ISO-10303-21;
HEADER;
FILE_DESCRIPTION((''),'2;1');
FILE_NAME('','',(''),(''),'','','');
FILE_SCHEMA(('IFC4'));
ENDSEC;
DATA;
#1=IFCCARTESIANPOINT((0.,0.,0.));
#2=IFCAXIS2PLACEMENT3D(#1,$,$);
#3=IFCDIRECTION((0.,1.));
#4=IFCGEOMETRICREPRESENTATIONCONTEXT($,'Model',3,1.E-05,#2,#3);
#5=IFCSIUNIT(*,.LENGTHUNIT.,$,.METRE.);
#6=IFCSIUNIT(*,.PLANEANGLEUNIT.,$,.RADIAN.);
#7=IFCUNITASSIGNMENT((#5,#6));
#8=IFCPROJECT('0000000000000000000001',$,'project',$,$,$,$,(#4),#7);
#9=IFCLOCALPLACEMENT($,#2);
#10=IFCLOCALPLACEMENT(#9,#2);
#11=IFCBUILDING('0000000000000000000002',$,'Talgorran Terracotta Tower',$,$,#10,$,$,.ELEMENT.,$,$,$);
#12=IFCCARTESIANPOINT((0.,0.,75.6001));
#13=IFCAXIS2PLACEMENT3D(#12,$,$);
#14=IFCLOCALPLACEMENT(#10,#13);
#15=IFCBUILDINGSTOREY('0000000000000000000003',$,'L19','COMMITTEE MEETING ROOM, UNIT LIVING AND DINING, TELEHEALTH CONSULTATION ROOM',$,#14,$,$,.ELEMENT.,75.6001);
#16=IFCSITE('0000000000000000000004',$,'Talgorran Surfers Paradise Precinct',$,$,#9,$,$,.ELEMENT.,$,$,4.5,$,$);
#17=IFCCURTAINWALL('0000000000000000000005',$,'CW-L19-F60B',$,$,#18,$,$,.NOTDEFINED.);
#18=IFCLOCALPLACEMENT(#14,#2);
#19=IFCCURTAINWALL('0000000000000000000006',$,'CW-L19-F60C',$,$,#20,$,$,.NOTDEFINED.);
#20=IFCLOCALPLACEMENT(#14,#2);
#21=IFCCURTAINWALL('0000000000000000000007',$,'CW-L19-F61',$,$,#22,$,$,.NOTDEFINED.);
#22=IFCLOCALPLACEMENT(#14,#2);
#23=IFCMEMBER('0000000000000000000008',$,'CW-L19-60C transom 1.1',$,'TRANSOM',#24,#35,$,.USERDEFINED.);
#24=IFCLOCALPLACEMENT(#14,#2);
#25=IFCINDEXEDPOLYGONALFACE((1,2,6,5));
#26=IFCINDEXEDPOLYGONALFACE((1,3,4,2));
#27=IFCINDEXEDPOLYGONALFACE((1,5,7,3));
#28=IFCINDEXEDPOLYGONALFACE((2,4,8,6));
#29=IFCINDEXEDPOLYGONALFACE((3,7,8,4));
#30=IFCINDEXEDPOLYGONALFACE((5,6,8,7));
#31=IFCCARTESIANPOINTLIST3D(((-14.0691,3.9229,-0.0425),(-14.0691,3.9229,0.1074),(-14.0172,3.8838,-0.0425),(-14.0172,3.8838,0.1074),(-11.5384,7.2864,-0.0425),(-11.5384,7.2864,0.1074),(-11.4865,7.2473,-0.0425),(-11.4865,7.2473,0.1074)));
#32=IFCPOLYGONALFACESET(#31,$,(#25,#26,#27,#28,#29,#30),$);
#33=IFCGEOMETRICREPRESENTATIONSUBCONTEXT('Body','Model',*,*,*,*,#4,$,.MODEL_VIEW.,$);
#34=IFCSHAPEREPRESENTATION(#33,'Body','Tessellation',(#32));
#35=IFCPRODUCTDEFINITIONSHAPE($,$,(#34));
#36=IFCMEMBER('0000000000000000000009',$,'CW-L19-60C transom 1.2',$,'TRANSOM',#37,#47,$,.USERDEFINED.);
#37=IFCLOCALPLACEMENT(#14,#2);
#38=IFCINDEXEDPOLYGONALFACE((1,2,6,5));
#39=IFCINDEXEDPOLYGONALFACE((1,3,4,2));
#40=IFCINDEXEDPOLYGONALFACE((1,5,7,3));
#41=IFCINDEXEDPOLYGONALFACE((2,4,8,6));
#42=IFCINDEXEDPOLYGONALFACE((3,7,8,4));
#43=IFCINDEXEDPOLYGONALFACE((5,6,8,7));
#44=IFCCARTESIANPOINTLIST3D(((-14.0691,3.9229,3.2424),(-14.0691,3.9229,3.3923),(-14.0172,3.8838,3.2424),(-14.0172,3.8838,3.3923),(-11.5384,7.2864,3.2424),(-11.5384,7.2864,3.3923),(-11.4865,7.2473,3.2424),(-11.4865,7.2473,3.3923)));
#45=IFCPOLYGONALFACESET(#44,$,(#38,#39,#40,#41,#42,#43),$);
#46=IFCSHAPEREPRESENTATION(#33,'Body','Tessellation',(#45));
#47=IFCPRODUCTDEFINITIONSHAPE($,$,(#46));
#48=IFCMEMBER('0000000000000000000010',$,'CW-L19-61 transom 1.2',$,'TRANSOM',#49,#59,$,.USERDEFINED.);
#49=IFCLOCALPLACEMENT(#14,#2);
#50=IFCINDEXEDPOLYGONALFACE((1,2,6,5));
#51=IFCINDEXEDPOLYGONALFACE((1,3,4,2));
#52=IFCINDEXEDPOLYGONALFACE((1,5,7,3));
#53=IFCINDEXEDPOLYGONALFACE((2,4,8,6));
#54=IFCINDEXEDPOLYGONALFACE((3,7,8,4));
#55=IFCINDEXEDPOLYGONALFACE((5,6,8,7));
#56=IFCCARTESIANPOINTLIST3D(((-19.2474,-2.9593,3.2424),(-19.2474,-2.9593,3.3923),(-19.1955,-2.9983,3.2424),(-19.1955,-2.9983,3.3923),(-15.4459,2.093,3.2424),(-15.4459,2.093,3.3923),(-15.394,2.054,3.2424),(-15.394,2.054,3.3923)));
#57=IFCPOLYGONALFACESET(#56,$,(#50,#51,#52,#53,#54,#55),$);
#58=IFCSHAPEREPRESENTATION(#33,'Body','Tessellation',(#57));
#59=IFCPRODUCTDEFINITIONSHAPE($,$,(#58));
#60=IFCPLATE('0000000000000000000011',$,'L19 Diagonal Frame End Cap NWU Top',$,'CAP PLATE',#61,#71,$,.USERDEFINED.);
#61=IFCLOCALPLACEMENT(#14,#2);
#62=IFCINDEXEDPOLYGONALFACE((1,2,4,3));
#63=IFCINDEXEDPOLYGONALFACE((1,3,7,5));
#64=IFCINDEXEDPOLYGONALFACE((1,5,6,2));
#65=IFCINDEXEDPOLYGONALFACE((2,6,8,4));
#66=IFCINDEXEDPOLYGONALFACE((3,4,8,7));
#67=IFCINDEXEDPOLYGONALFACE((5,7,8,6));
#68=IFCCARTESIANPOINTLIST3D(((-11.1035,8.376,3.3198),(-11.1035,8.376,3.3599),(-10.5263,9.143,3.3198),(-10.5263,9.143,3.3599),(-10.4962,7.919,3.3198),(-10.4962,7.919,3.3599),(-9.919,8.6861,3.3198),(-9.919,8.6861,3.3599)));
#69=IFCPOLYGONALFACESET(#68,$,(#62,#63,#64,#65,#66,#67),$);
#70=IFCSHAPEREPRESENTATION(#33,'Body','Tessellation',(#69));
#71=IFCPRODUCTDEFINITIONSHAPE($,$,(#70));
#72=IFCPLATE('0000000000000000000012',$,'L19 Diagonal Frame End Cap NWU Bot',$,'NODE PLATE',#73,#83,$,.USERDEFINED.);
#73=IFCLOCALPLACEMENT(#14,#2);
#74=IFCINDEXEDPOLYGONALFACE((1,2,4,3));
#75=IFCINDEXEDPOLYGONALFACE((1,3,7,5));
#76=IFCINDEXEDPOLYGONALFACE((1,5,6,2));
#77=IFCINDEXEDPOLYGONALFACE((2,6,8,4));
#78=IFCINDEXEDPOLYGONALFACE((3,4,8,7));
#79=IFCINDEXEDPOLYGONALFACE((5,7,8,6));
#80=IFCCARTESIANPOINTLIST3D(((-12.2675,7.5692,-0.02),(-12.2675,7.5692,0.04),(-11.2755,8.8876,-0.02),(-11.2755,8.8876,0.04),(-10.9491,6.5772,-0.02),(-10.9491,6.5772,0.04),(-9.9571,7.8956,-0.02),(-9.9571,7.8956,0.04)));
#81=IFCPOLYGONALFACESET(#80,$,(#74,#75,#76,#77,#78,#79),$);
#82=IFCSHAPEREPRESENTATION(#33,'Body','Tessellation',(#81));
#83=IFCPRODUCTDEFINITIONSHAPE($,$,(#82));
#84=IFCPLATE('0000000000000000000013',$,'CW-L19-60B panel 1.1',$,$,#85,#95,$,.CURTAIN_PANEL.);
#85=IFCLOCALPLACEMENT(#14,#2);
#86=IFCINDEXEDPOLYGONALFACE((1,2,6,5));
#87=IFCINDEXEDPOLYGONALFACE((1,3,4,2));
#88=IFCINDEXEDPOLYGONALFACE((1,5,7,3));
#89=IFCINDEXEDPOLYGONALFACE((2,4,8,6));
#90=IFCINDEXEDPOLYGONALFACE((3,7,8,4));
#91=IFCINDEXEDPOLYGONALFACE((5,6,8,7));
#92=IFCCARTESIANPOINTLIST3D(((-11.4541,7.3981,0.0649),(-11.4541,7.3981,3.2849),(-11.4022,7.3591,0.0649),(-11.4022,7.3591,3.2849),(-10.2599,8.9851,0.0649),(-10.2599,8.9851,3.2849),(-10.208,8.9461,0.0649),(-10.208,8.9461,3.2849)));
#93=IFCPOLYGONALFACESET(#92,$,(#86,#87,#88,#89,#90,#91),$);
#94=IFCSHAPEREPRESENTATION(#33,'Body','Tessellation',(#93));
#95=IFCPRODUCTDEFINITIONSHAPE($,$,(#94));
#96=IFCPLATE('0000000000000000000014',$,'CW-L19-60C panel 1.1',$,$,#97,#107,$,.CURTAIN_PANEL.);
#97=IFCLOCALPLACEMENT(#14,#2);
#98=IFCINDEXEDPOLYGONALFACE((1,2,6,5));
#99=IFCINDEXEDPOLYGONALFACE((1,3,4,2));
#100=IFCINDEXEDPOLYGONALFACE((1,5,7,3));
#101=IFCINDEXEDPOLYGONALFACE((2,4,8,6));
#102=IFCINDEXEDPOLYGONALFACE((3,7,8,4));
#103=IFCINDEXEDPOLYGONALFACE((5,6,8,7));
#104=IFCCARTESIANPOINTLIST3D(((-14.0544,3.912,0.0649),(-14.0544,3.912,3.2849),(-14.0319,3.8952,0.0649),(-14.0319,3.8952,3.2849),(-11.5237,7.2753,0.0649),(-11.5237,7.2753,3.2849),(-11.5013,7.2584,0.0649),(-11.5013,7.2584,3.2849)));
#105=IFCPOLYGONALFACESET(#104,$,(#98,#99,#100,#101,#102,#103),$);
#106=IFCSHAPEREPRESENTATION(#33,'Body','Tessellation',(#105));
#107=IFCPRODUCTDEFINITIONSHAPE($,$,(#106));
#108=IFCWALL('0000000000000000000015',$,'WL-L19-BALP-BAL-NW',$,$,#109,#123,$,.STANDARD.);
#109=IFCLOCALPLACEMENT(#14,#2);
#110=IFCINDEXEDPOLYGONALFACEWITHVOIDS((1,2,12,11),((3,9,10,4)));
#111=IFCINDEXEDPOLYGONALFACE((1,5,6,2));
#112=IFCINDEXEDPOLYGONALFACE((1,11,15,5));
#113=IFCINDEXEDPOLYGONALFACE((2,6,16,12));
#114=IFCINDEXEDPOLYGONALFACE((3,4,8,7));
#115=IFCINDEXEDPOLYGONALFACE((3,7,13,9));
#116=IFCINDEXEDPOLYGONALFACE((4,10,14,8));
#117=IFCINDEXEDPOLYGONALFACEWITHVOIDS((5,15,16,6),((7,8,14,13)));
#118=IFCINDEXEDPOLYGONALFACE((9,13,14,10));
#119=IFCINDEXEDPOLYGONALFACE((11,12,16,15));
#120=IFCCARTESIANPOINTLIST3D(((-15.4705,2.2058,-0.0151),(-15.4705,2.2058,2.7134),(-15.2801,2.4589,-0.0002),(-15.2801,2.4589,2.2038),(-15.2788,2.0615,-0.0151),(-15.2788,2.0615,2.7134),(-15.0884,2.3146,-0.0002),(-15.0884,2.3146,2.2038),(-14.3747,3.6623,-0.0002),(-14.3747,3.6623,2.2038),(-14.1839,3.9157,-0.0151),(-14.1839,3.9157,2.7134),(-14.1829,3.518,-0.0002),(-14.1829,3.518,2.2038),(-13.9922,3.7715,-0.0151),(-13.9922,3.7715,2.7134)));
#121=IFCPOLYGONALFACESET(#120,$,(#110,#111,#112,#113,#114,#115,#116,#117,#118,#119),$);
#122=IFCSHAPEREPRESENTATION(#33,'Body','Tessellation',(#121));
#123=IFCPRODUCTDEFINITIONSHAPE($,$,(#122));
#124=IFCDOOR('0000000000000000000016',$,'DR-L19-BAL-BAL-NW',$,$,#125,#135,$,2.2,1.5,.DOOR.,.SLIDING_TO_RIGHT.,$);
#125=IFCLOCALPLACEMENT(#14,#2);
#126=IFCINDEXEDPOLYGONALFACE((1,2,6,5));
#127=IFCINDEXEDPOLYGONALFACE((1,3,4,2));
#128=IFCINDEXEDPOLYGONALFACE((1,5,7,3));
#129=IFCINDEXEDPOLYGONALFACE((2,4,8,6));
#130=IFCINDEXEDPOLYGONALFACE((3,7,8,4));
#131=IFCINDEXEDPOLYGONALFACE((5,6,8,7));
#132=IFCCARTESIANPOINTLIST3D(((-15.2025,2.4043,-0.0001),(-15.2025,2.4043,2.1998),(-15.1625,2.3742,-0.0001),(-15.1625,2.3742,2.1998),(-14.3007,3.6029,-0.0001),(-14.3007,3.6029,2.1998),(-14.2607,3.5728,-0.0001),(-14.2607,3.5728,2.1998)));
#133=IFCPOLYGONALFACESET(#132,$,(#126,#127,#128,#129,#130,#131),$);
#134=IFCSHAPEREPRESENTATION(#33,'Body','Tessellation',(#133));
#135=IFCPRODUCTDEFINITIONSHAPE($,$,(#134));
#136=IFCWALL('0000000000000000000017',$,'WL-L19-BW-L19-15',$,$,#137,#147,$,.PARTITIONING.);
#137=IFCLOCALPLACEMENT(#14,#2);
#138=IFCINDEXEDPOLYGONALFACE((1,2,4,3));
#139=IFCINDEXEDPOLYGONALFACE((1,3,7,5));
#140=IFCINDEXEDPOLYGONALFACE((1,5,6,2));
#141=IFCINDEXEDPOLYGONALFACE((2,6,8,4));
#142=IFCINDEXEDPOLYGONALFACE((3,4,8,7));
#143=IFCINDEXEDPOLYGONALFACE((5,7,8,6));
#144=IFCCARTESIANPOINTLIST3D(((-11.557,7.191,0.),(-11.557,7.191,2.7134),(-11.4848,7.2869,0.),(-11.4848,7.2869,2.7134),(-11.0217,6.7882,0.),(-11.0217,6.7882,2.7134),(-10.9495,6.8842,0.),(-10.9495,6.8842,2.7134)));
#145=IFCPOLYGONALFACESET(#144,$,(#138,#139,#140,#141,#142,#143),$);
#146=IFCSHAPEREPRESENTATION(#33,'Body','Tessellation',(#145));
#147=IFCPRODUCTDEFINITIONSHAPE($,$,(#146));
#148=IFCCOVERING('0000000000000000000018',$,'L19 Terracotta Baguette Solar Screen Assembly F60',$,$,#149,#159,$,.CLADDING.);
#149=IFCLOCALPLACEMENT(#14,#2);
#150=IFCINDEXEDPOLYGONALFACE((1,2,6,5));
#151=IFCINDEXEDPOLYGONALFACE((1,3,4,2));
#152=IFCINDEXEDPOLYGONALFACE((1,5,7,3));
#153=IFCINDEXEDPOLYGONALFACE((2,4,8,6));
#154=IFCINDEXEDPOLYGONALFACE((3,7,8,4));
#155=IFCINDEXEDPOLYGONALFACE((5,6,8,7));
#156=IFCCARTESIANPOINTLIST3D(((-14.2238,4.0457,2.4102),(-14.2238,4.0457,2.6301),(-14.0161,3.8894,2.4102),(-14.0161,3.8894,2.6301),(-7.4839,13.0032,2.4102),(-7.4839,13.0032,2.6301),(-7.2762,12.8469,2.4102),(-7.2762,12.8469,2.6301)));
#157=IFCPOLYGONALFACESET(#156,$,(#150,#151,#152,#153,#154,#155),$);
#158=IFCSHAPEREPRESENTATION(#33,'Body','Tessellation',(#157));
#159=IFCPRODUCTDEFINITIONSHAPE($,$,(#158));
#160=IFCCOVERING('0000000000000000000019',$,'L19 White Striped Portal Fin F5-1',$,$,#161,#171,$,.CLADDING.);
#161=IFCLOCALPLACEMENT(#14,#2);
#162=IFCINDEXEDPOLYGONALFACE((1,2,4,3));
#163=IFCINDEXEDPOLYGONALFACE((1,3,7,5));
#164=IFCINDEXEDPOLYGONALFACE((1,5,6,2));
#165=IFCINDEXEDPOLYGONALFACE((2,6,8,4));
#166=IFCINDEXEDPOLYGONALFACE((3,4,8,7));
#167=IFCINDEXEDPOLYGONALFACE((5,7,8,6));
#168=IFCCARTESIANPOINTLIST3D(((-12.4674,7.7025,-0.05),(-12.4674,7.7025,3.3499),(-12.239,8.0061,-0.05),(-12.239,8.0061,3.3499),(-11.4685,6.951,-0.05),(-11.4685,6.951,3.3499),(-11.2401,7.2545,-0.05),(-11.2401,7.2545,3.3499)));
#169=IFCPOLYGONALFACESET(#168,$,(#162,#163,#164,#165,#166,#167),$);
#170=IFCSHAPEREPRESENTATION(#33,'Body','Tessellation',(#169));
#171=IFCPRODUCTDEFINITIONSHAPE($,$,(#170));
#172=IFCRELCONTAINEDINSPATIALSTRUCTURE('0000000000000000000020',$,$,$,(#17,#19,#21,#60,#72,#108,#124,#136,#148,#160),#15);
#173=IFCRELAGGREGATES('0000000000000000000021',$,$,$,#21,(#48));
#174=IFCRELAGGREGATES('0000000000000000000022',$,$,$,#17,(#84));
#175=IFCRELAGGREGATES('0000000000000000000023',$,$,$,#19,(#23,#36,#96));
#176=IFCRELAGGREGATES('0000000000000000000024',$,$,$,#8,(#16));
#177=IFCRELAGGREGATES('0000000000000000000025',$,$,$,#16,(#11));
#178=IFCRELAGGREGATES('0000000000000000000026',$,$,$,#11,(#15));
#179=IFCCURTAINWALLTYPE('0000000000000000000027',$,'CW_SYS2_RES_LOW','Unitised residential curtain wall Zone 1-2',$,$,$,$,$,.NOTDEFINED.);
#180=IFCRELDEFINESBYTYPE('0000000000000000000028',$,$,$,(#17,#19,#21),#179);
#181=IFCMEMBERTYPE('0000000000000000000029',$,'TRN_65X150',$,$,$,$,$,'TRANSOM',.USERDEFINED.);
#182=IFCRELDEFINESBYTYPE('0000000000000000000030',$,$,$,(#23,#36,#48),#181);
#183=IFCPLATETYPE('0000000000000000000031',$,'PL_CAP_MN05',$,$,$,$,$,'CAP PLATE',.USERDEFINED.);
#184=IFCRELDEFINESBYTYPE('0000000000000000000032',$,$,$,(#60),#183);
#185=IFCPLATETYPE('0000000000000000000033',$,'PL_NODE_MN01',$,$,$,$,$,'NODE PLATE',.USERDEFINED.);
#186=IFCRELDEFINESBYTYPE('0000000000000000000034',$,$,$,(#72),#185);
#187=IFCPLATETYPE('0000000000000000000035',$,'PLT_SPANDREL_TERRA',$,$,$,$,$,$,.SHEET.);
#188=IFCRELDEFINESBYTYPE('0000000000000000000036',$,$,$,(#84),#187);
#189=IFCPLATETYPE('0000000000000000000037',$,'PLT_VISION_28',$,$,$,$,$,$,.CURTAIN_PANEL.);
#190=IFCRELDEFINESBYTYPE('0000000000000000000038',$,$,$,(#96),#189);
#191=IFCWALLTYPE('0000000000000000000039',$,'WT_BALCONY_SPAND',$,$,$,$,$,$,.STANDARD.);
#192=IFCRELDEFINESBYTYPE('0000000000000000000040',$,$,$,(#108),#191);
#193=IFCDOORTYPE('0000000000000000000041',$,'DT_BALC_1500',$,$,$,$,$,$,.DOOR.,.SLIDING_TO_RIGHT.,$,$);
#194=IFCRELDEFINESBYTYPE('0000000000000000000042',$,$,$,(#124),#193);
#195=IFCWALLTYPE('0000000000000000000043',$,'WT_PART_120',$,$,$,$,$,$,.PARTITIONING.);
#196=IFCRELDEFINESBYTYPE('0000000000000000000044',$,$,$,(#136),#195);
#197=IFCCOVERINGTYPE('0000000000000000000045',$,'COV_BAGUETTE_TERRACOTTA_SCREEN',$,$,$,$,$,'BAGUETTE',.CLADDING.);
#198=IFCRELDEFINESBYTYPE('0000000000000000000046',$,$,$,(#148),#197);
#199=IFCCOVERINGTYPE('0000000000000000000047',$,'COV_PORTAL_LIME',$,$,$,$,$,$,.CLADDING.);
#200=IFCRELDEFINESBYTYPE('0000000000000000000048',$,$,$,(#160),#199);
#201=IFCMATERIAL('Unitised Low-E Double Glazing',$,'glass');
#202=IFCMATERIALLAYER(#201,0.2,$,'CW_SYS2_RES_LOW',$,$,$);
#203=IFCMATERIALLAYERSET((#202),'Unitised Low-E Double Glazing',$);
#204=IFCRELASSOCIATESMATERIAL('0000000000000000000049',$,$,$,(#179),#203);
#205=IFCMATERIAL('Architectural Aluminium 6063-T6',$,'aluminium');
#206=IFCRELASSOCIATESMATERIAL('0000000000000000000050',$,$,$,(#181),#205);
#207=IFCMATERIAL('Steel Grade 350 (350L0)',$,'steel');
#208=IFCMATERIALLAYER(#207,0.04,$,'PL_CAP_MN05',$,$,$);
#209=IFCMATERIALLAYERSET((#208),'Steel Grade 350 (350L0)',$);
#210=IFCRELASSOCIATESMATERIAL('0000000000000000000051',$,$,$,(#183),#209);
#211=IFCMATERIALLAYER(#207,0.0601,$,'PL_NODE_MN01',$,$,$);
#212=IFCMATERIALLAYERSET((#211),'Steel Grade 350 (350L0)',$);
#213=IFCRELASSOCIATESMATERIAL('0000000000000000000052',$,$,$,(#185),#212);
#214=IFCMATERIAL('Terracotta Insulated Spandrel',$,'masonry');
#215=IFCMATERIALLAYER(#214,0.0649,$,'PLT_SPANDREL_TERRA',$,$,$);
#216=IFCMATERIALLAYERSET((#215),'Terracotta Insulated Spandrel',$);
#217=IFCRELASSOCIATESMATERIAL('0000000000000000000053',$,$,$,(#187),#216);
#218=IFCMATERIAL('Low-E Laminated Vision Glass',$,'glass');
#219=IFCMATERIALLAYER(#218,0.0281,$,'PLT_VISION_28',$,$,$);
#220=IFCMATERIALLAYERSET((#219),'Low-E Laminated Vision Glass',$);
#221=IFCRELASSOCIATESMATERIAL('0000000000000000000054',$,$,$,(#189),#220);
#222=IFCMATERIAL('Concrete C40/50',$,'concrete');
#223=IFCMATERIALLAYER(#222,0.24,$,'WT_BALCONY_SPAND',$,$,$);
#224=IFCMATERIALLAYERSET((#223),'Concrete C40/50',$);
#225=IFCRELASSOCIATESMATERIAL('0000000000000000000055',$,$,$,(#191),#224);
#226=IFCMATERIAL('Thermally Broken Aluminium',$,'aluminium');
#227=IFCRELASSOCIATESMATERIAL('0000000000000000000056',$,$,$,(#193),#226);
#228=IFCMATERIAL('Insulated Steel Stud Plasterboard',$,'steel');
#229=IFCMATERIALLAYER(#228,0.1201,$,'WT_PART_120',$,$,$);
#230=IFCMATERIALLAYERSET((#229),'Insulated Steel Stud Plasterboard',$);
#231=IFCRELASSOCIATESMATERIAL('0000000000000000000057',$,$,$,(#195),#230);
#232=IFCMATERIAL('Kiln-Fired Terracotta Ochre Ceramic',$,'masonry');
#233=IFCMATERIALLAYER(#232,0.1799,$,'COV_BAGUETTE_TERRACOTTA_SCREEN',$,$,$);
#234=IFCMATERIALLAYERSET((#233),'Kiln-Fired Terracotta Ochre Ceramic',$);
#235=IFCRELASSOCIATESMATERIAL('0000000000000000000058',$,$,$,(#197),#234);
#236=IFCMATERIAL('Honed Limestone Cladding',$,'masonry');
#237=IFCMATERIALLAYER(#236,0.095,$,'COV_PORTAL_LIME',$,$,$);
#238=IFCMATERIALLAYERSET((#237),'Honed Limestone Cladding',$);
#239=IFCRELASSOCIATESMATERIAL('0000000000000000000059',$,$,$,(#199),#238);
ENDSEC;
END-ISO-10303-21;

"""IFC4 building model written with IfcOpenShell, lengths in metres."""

from ifc_helpers import new_model, si_unit, direction, frame, frame_2d, origin, origin_2d, place, context, subcontext, project, spatial, rectangle, extrude, source, transform, mapped, material, layer, layer_set, material_profile, profile_set, type_object, type_shapes, element, fill, aggregate, save


model = new_model("IFC4")

# Units and contexts
model_context = context("Model", 3, precision=1e-05, world=origin(), true_north=direction((0.0, 1.0)))
body_context = subcontext(model_context, "Body", "Model", "MODEL_VIEW")
ifc_project = project(units=[si_unit("LENGTHUNIT", "METRE"), si_unit("PLANEANGLEUNIT", "RADIAN")], contexts=[model_context])

# Site, building, storey
site_placement = place(None, origin())
site = spatial("IfcSite", under=ifc_project, at=site_placement, Name="Talgorran Surfers Paradise Precinct", CompositionType="ELEMENT", RefElevation=4.5)
building_placement = place(site_placement, origin())
building = spatial("IfcBuilding", under=site, at=building_placement, Name="Talgorran Terracotta Tower", CompositionType="ELEMENT")
storey_placement = place(building_placement, frame((0.0, 0.0, 75.6001)))
storey = spatial("IfcBuildingStorey", under=building, at=storey_placement, Name="L19", Description="COMMITTEE MEETING ROOM, UNIT LIVING AND DINING, TELEHEALTH CONSULTATION ROOM", CompositionType="ELEMENT", Elevation=75.6001)

# Shared definitions
ifc_material_1 = material(Name="Steel Grade 350 (350L0)", Category="steel")

# Curtain wall
ifc_material_2 = material(Name="Unitised Low-E Double Glazing", Category="glass")
ifc_layer_1 = layer(ifc_material_2, 0.2, Name="CW_SYS2_RES_LOW")
ifc_layer_set_1 = layer_set([ifc_layer_1], Name="Unitised Low-E Double Glazing")
curtain_wall_type = type_object("IfcCurtainWallType", Name="CW_SYS2_RES_LOW", Description="Unitised residential curtain wall Zone 1-2", PredefinedType="NOTDEFINED", material=ifc_layer_set_1)
curtain_wall_1_placement = place(storey_placement, origin())
curtain_wall_1 = element("IfcCurtainWall", 1, at=curtain_wall_1_placement, inside=storey, type_object=curtain_wall_type, Name="CW-L19-F60B", PredefinedType="NOTDEFINED")
ifc_material_3 = material(Name="Architectural Aluminium 6063-T6", Category="aluminium")

# Curtain wall
curtain_wall_2_placement = place(storey_placement, origin())
curtain_wall_2 = element("IfcCurtainWall", 2, at=curtain_wall_2_placement, inside=storey, type_object=curtain_wall_type, Name="CW-L19-F60C", PredefinedType="NOTDEFINED")

# Curtain wall
curtain_wall_3_placement = place(storey_placement, origin())
curtain_wall_3 = element("IfcCurtainWall", 3, at=curtain_wall_3_placement, inside=storey, type_object=curtain_wall_type, Name="CW-L19-F61", PredefinedType="NOTDEFINED")

# Members
ifc_material_profile_1 = material_profile(ifc_material_3, rectangle(XDim=0.0649, YDim=0.1499, at=origin_2d()), Name="CWT65X150")
ifc_profile_set_1 = profile_set([ifc_material_profile_1], Name="Architectural Aluminium 6063-T6")
member_type_1 = type_object("IfcMemberType", Name="TRN_65X150", ElementType="TRANSOM", PredefinedType="USERDEFINED", material=ifc_profile_set_1)
member_1_placement = place(storey_placement, frame((-11.5125, 7.2668, 0.0325), z_axis=(-0.601234, -0.799073, 0.0), x_axis=(0.799073, -0.601234, 0.0)))
member_1 = element("IfcMember", 4, at=member_1_placement, type_object=member_type_1, Name="CW-L19-60C transom 1.1", ObjectType="TRANSOM", PredefinedType="USERDEFINED", context=body_context, shape_type="SweptSolid", body=[
    extrude(rectangle(XDim=0.0649, YDim=0.1499, at=origin_2d()), origin(), (0.0, 0.0, 1.0), 4.2092),
])
member_2_placement = place(storey_placement, frame((-11.5125, 7.2668, 3.3174), z_axis=(-0.601234, -0.799073, 0.0), x_axis=(0.799073, -0.601234, 0.0)))
member_2 = element("IfcMember", 5, at=member_2_placement, type_object=member_type_1, Name="CW-L19-60C transom 1.2", ObjectType="TRANSOM", PredefinedType="USERDEFINED", context=body_context, shape_type="SweptSolid", body=[
    extrude(rectangle(XDim=0.0649, YDim=0.1499, at=origin_2d()), origin(), (0.0, 0.0, 1.0), 4.2092),
])
member_3_placement = place(storey_placement, frame((-15.4199, 2.0735, 3.3174), z_axis=(-0.601247, -0.799063, 0.0), x_axis=(0.799063, -0.601247, 0.0)))
member_3 = element("IfcMember", 6, at=member_3_placement, type_object=member_type_1, Name="CW-L19-61 transom 1.2", ObjectType="TRANSOM", PredefinedType="USERDEFINED", context=body_context, shape_type="SweptSolid", body=[
    extrude(rectangle(XDim=0.0649, YDim=0.1499, at=origin_2d()), origin(), (0.0, 0.0, 1.0), 6.3228),
])
aggregate(curtain_wall_3, [member_3])

# Plates
ifc_layer_2 = layer(ifc_material_1, 0.04, Name="PL_CAP_MN05")
ifc_layer_set_2 = layer_set([ifc_layer_2], Name="Steel Grade 350 (350L0)")
plate_type_1 = type_object("IfcPlateType", Name="PL_CAP_MN05", ElementType="CAP PLATE", PredefinedType="USERDEFINED", material=ifc_layer_set_2)
plate_1_placement = place(storey_placement, frame((-10.5112, 8.531, 3.3198), z_axis=(0.0, 0.0, 1.0), x_axis=(0.601257, 0.799055, 0.0)))
element("IfcPlate", 7, at=plate_1_placement, inside=storey, type_object=plate_type_1, Name="L19 Diagonal Frame End Cap NWU Top", ObjectType="CAP PLATE", PredefinedType="USERDEFINED", context=body_context, shape_type="SweptSolid", body=[
    extrude(rectangle(XDim=0.96, YDim=0.76, at=origin_2d()), origin(), (0.0, 0.0, 1.0), 0.04),
])
ifc_layer_3 = layer(ifc_material_1, 0.0601, Name="PL_NODE_MN01")
ifc_layer_set_3 = layer_set([ifc_layer_3], Name="Steel Grade 350 (350L0)")
plate_type_2 = type_object("IfcPlateType", Name="PL_NODE_MN01", ElementType="NODE PLATE", PredefinedType="USERDEFINED", material=ifc_layer_set_3)
plate_2_placement = place(storey_placement, frame((-11.1123, 7.7324, -0.02), z_axis=(0.0, 0.0, 1.0), x_axis=(0.601257, 0.799055, 0.0)))
element("IfcPlate", 8, at=plate_2_placement, inside=storey, type_object=plate_type_2, Name="L19 Diagonal Frame End Cap NWU Bot", ObjectType="NODE PLATE", PredefinedType="USERDEFINED", context=body_context, shape_type="SweptSolid", body=[
    extrude(rectangle(XDim=1.6499, YDim=1.6499, at=origin_2d()), origin(), (0.0, 0.0, 1.0), 0.0601),
])

# Plates
ifc_material_4 = material(Name="Terracotta Insulated Spandrel", Category="masonry")
ifc_layer_4 = layer(ifc_material_4, 0.0649, Name="PLT_SPANDREL_TERRA")
ifc_layer_set_4 = layer_set([ifc_layer_4], Name="Terracotta Insulated Spandrel")
plate_type_3 = type_object("IfcPlateType", Name="PLT_SPANDREL_TERRA", PredefinedType="SHEET", material=ifc_layer_set_4)
shared_shape_1 = source(origin(), body_context, "Body", "SweptSolid", [
    extrude(rectangle(XDim=1.9861, YDim=0.0649, at=origin_2d()), origin(), (0.0, 0.0, 1.0), 3.22),
])
type_shapes(plate_type_3, [shared_shape_1])
plate_3_placement = place(storey_placement, frame((-10.8311, 8.1721, 0.0649), z_axis=(0.0, 0.0, 1.0), x_axis=(-0.601247, -0.799063, 0.0)))
plate_3 = element("IfcPlate", 9, at=plate_3_placement, type_object=plate_type_3, Name="CW-L19-60B panel 1.1", PredefinedType="CURTAIN_PANEL", context=body_context, shape_type="MappedRepresentation", body=[
    mapped(shared_shape_1, transform((0.0, 0.0, 0.0), scale=1.0)),
])
aggregate(curtain_wall_1, [plate_3])
ifc_material_5 = material(Name="Low-E Laminated Vision Glass", Category="glass")
ifc_layer_5 = layer(ifc_material_5, 0.0281, Name="PLT_VISION_28")
ifc_layer_set_5 = layer_set([ifc_layer_5], Name="Low-E Laminated Vision Glass")
plate_type_4 = type_object("IfcPlateType", Name="PLT_VISION_28", PredefinedType="CURTAIN_PANEL", material=ifc_layer_set_5)
shared_shape_2 = source(origin(), body_context, "Body", "SweptSolid", [
    extrude(rectangle(XDim=4.209, YDim=0.0281, at=origin_2d()), origin(), (0.0, 0.0, 1.0), 3.22),
])
type_shapes(plate_type_4, [shared_shape_2])
plate_4_placement = place(storey_placement, frame((-12.7778, 5.5852, 0.0649), z_axis=(0.0, 0.0, 1.0), x_axis=(-0.601253, -0.799059, 0.0)))
plate_4 = element("IfcPlate", 10, at=plate_4_placement, type_object=plate_type_4, Name="CW-L19-60C panel 1.1", PredefinedType="CURTAIN_PANEL", context=body_context, shape_type="MappedRepresentation", body=[
    mapped(shared_shape_2, transform((0.0, 0.0, 0.0), scale=1.0)),
])
aggregate(curtain_wall_2, [member_1, member_2, plate_4])

# Wall, opening, door
ifc_material_6 = material(Name="Concrete C40/50", Category="concrete")
ifc_layer_6 = layer(ifc_material_6, 0.24, Name="WT_BALCONY_SPAND")
ifc_layer_set_6 = layer_set([ifc_layer_6], Name="Concrete C40/50")
wall_type_1 = type_object("IfcWallType", Name="WT_BALCONY_SPAND", PredefinedType="STANDARD", material=ifc_layer_set_6)
wall_1_placement = place(storey_placement, frame((-14.0881, 3.8435, -0.0151), z_axis=(0.0, 0.0, 1.0), x_axis=(-0.601241, -0.799068, 0.0)))
wall_1 = element("IfcWall", 11, at=wall_1_placement, inside=storey, type_object=wall_type_1, Name="WL-L19-BALP-BAL-NW", PredefinedType="STANDARD", context=body_context, shape_type="SweptSolid", body=[
    extrude(rectangle(XDim=2.1399, YDim=0.24, at=frame_2d((1.0698, 0.0))), origin(), (0.0, 0.0, 1.0), 2.7285),
])
opening_placement = place(wall_1_placement, frame((0.3201, 0.0, 0.0149)))
opening = element("IfcOpeningElement", 12, at=opening_placement, cuts=wall_1, PredefinedType="OPENING", context=body_context, shape_type="SweptSolid", body=[
    extrude(rectangle(XDim=1.506, YDim=2.204, at=frame_2d((0.75, 1.1021))), frame((0.0, 0.1299, 0.0), z_axis=(0.0, -1.0, 0.0), x_axis=(1.0, 0.0, 0.0)), (0.0, 0.0, 1.0), 0.26),
])
ifc_material_7 = material(Name="Thermally Broken Aluminium", Category="aluminium")
door_type = type_object("IfcDoorType", Name="DT_BALC_1500", OperationType="SLIDING_TO_RIGHT", PredefinedType="DOOR", material=ifc_material_7)
door_placement = place(opening_placement, origin())
door = element("IfcDoor", 13, at=door_placement, inside=storey, type_object=door_type, Name="DR-L19-BAL-BAL-NW", OperationType="SLIDING_TO_RIGHT", OverallHeight=2.2, OverallWidth=1.5, PredefinedType="DOOR", context=body_context, shape_type="SweptSolid", body=[
    extrude(rectangle(XDim=1.5, YDim=2.2, at=frame_2d((0.75, 1.1001))), frame((0.0, 0.0249, 0.0), z_axis=(0.0, -1.0, 0.0), x_axis=(1.0, 0.0, 0.0)), (0.0, 0.0, 1.0), 0.05),
])
fill(opening, door)

# Wall
ifc_material_8 = material(Name="Insulated Steel Stud Plasterboard", Category="steel")
ifc_layer_7 = layer(ifc_material_8, 0.1201, Name="WT_PART_120")
ifc_layer_set_7 = layer_set([ifc_layer_7], Name="Insulated Steel Stud Plasterboard")
wall_type_2 = type_object("IfcWallType", Name="WT_PART_120", PredefinedType="PARTITIONING", material=ifc_layer_set_7)
wall_2_placement = place(storey_placement, frame((-10.9856, 6.8362, 0.0), z_axis=(0.0, 0.0, 1.0), x_axis=(-0.799081, 0.601224, 0.0)))
element("IfcWall", 14, at=wall_2_placement, inside=storey, type_object=wall_type_2, Name="WL-L19-BW-L19-15", PredefinedType="PARTITIONING", context=body_context, shape_type="SweptSolid", body=[
    extrude(rectangle(XDim=0.6699, YDim=0.1201, at=frame_2d((0.335, 0.0))), origin(), (0.0, 0.0, 1.0), 2.7134),
])

# Coverings
ifc_material_9 = material(Name="Kiln-Fired Terracotta Ochre Ceramic", Category="masonry")
ifc_layer_8 = layer(ifc_material_9, 0.1799, Name="COV_BAGUETTE_TERRACOTTA_SCREEN")
ifc_layer_set_8 = layer_set([ifc_layer_8], Name="Kiln-Fired Terracotta Ochre Ceramic")
covering_type_1 = type_object("IfcCoveringType", Name="COV_BAGUETTE_TERRACOTTA_SCREEN", ElementType="BAGUETTE", PredefinedType="CLADDING", material=ifc_layer_set_8)
covering_1_placement = place(storey_placement, frame((-10.75, 8.4463, 2.4102), z_axis=(0.0, 0.0, 1.0), x_axis=(-0.601243, -0.799066, 0.0)))
element("IfcCovering", 15, at=covering_1_placement, inside=storey, type_object=covering_type_1, Name="L19 Terracotta Baguette Solar Screen Assembly F60", PredefinedType="CLADDING", context=body_context, shape_type="SweptSolid", body=[
    extrude(rectangle(XDim=11.21, YDim=0.26, at=origin_2d()), origin(), (0.0, 0.0, 1.0), 0.22),
])
ifc_material_10 = material(Name="Honed Limestone Cladding", Category="masonry")
ifc_layer_9 = layer(ifc_material_10, 0.095, Name="COV_PORTAL_LIME")
ifc_layer_set_9 = layer_set([ifc_layer_9], Name="Honed Limestone Cladding")
covering_type_2 = type_object("IfcCoveringType", Name="COV_PORTAL_LIME", PredefinedType="CLADDING", material=ifc_layer_set_9)
covering_2_placement = place(storey_placement, frame((-11.8538, 7.4785, -0.05), z_axis=(0.0, 0.0, 1.0), x_axis=(-0.601243, -0.799066, 0.0)))
element("IfcCovering", 16, at=covering_2_placement, inside=storey, type_object=covering_type_2, Name="L19 White Striped Portal Fin F5-1", PredefinedType="CLADDING", context=body_context, shape_type="SweptSolid", body=[
    extrude(rectangle(XDim=0.3799, YDim=1.25, at=origin_2d()), origin(), (0.0, 0.0, 1.0), 3.3999),
])

save(model, "model.ifc")
